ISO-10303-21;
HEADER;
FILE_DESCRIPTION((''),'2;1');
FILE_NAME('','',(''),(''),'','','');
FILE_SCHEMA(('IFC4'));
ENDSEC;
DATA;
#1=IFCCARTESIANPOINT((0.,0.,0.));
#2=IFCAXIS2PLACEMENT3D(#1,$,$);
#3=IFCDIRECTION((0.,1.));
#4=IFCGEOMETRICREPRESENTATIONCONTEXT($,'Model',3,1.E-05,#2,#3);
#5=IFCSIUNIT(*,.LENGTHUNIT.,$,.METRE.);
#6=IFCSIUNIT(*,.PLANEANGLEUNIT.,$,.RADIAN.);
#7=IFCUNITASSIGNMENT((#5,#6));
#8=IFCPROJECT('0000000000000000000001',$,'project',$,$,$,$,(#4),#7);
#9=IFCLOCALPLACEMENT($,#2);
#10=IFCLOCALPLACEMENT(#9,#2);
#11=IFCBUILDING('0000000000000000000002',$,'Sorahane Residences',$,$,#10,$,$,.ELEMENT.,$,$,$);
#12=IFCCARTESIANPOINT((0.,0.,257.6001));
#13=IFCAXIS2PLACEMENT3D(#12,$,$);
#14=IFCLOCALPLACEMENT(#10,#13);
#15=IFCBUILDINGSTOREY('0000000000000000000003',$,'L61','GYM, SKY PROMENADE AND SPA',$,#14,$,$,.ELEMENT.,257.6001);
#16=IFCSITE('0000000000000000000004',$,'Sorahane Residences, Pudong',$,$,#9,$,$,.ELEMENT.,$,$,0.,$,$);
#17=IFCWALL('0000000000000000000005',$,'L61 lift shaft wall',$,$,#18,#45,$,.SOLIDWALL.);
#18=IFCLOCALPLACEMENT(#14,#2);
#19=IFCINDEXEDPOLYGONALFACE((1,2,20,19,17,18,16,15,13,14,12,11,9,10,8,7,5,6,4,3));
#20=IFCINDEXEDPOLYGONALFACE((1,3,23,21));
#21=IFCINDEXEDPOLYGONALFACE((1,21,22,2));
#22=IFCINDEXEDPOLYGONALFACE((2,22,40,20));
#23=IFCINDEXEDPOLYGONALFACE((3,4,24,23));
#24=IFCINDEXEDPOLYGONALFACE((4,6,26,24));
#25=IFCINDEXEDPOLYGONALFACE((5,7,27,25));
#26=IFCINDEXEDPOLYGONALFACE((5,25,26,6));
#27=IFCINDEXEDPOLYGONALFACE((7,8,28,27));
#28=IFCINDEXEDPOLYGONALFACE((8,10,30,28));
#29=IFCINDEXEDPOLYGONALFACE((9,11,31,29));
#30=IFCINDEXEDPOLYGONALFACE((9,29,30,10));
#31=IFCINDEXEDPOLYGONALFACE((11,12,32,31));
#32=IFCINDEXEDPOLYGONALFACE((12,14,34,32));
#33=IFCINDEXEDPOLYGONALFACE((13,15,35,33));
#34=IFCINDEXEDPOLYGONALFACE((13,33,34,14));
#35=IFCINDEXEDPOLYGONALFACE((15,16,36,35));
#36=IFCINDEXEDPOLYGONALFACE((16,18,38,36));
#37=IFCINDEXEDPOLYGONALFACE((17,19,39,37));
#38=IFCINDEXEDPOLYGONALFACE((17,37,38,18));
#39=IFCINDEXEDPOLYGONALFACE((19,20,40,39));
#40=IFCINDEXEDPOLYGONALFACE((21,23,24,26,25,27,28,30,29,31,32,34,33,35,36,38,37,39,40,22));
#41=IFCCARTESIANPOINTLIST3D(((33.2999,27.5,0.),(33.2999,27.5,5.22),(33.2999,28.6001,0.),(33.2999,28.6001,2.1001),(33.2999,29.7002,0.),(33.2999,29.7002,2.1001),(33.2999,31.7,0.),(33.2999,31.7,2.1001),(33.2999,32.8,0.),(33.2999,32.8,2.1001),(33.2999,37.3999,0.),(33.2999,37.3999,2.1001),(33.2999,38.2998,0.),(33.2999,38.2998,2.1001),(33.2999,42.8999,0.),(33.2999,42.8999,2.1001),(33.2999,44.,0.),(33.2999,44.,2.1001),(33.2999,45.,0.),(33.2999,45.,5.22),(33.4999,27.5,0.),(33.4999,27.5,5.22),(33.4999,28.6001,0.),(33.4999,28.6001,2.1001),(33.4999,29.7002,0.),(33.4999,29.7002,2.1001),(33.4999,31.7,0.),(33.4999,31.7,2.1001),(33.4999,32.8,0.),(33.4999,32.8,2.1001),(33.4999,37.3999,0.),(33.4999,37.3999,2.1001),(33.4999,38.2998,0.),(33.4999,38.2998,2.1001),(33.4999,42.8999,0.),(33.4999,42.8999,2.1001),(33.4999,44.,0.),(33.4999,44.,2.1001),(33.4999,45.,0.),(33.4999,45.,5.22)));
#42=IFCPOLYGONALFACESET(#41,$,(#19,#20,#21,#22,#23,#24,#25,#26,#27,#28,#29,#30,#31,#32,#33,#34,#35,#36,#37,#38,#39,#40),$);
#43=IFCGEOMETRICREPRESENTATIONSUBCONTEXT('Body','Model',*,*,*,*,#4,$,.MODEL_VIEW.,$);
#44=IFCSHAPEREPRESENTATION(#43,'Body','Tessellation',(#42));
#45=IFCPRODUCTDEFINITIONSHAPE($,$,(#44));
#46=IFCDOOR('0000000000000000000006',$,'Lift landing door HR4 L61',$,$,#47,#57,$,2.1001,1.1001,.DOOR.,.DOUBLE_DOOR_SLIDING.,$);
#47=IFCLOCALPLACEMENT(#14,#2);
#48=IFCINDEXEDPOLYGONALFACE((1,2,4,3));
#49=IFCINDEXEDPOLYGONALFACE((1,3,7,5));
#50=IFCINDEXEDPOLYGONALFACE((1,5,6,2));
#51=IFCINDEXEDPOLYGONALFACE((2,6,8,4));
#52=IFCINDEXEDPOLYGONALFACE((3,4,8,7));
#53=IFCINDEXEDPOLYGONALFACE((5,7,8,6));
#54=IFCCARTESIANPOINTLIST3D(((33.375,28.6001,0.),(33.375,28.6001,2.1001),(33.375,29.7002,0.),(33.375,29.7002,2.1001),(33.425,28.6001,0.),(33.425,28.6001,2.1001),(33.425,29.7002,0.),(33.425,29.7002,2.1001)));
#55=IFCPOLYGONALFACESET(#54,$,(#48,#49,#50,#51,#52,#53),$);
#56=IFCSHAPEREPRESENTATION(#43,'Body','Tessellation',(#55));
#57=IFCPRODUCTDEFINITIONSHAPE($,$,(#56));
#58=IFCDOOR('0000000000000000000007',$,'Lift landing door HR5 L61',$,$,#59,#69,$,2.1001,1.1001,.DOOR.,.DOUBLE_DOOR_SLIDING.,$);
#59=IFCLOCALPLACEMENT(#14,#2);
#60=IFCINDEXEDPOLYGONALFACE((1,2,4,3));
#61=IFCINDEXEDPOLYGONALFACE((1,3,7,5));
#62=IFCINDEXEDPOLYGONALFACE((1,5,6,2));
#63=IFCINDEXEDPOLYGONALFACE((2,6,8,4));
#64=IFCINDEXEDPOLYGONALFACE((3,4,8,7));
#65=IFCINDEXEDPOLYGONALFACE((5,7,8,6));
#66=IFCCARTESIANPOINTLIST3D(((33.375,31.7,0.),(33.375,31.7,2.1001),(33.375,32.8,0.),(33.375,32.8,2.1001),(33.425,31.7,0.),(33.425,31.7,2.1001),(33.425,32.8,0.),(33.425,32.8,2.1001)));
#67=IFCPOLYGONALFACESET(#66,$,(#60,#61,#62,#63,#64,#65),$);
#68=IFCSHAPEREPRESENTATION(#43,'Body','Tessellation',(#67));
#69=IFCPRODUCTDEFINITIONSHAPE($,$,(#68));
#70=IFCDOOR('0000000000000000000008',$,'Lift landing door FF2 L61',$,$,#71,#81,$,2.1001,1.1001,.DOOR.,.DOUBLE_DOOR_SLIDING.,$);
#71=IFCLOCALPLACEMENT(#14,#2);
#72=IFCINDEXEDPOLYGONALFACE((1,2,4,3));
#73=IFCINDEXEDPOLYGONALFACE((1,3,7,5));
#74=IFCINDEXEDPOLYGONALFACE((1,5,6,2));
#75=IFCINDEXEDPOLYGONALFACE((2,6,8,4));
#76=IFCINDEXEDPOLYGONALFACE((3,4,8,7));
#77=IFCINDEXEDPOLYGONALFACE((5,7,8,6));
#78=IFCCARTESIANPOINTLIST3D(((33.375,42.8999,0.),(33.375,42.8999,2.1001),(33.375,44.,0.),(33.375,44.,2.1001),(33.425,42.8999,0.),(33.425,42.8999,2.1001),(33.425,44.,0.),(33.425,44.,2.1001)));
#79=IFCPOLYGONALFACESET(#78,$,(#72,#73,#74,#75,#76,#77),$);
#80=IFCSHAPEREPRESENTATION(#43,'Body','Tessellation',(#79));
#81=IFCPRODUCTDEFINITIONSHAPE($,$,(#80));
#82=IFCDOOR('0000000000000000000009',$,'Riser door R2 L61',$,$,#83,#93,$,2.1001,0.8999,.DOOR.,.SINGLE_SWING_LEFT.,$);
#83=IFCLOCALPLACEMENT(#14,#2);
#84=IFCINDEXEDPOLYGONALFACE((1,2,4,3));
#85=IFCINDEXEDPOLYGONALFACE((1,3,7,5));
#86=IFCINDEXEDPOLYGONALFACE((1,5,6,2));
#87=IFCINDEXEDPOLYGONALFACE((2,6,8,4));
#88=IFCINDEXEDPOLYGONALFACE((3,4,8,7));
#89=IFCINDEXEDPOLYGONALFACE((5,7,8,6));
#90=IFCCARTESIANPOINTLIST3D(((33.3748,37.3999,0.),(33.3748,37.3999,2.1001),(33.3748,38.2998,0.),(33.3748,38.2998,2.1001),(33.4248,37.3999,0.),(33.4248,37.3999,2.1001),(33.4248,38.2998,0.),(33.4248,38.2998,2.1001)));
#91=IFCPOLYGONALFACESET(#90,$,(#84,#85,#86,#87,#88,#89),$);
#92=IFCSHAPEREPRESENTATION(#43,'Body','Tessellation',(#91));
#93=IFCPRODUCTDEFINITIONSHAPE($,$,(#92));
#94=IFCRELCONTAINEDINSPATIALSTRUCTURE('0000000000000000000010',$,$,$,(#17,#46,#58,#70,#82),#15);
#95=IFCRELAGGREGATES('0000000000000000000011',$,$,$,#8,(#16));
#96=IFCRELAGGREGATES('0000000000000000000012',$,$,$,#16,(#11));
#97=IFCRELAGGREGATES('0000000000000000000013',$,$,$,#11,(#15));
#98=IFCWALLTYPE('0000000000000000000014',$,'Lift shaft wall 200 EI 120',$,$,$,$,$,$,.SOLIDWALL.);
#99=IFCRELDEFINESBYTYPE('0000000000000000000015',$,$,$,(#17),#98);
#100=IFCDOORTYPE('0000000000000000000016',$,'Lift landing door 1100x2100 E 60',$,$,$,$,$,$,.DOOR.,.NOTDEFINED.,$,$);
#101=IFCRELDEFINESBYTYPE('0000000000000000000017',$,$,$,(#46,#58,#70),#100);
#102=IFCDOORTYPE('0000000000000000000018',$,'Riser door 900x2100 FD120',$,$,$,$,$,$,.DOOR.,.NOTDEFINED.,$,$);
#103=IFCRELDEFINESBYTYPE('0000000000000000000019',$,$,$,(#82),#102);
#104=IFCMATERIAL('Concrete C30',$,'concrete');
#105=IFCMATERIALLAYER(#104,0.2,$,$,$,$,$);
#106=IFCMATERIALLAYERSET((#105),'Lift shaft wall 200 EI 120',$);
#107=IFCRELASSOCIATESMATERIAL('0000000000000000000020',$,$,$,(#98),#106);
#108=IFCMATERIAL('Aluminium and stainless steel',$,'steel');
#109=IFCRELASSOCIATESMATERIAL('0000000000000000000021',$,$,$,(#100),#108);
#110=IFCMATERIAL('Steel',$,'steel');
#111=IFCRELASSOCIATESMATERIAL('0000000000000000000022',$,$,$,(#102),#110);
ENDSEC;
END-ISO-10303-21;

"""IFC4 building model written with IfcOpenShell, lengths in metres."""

from ifc_helpers import new_model, si_unit, direction, frame, frame_2d, origin, place, context, subcontext, project, spatial, rectangle, extrude, material, layer, layer_set, type_object, element, fill, save


model = new_model("IFC4")

# Units and contexts
model_context = context("Model", 3, precision=1e-05, world=origin(), true_north=direction((0.0, 1.0)))
body_context = subcontext(model_context, "Body", "Model", "MODEL_VIEW")
ifc_project = project(units=[si_unit("LENGTHUNIT", "METRE"), si_unit("PLANEANGLEUNIT", "RADIAN")], contexts=[model_context])

# Site, building, storey
site_placement = place(None, origin())
site = spatial("IfcSite", under=ifc_project, at=site_placement, Name="Sorahane Residences, Pudong", CompositionType="ELEMENT", RefElevation=0.0)
building_placement = place(site_placement, origin())
building = spatial("IfcBuilding", under=site, at=building_placement, Name="Sorahane Residences", CompositionType="ELEMENT")
storey_placement = place(building_placement, frame((0.0, 0.0, 257.6001)))
storey = spatial("IfcBuildingStorey", under=building, at=storey_placement, Name="L61", Description="GYM, SKY PROMENADE AND SPA", CompositionType="ELEMENT", Elevation=257.6001)

# Wall, openings, doors
ifc_material_1 = material(Name="Concrete C30", Category="concrete")
ifc_layer_1 = layer(ifc_material_1, 0.2)
ifc_layer_set_1 = layer_set([ifc_layer_1], Name="Lift shaft wall 200 EI 120")
wall_type_1 = type_object("IfcWallType", Name="Lift shaft wall 200 EI 120", PredefinedType="SOLIDWALL", material=ifc_layer_set_1)
wall_1_placement = place(storey_placement, frame((33.3999, 27.5, 0.0), z_axis=(0.0, 0.0, 1.0), x_axis=(0.0, 1.0, 0.0)))
wall_1 = element("IfcWall", 1, at=wall_1_placement, inside=storey, type_object=wall_type_1, Name="L61 lift shaft wall", PredefinedType="SOLIDWALL", context=body_context, shape_type="SweptSolid", body=[
    extrude(rectangle(XDim=17.5, YDim=0.2, at=frame_2d((8.75, 0.0))), origin(), (0.0, 0.0, 1.0), 5.22),
])
opening_1_placement = place(wall_1_placement, frame((1.1001, 0.0, 0.0)))
opening_1 = element("IfcOpeningElement", 2, at=opening_1_placement, cuts=wall_1, PredefinedType="OPENING", context=body_context, shape_type="SweptSolid", body=[
    extrude(rectangle(XDim=1.1001, YDim=2.1001, at=frame_2d((0.55, 1.05))), frame((0.0, 0.1099, 0.0), z_axis=(0.0, -1.0, 0.0), x_axis=(1.0, 0.0, 0.0)), (0.0, 0.0, 1.0), 0.22),
])
opening_2_placement = place(wall_1_placement, frame((4.2, 0.0, 0.0)))
opening_2 = element("IfcOpeningElement", 3, at=opening_2_placement, cuts=wall_1, PredefinedType="OPENING", context=body_context, shape_type="SweptSolid", body=[
    extrude(rectangle(XDim=1.1001, YDim=2.1001, at=frame_2d((0.55, 1.05))), frame((0.0, 0.1099, 0.0), z_axis=(0.0, -1.0, 0.0), x_axis=(1.0, 0.0, 0.0)), (0.0, 0.0, 1.0), 0.22),
])
opening_3_placement = place(wall_1_placement, frame((15.3999, 0.0, 0.0)))
opening_3 = element("IfcOpeningElement", 4, at=opening_3_placement, cuts=wall_1, PredefinedType="OPENING", context=body_context, shape_type="SweptSolid", body=[
    extrude(rectangle(XDim=1.1001, YDim=2.1001, at=frame_2d((0.55, 1.05))), frame((0.0, 0.1099, 0.0), z_axis=(0.0, -1.0, 0.0), x_axis=(1.0, 0.0, 0.0)), (0.0, 0.0, 1.0), 0.22),
])
opening_4_placement = place(wall_1_placement, frame((9.8999, 0.0, 0.0)))
opening_4 = element("IfcOpeningElement", 5, at=opening_4_placement, cuts=wall_1, PredefinedType="OPENING", context=body_context, shape_type="SweptSolid", body=[
    extrude(rectangle(XDim=0.8999, YDim=2.1001, at=frame_2d((0.45, 1.05))), frame((0.0, 0.1099, 0.0), z_axis=(0.0, -1.0, 0.0), x_axis=(1.0, 0.0, 0.0)), (0.0, 0.0, 1.0), 0.22),
])
ifc_material_2 = material(Name="Aluminium and stainless steel", Category="steel")
door_type_1 = type_object("IfcDoorType", Name="Lift landing door 1100x2100 E 60", OperationType="NOTDEFINED", PredefinedType="DOOR", material=ifc_material_2)
door_1_placement = place(opening_1_placement, origin())
door_1 = element("IfcDoor", 6, at=door_1_placement, inside=storey, type_object=door_type_1, Name="Lift landing door HR4 L61", OperationType="DOUBLE_DOOR_SLIDING", OverallHeight=2.1001, OverallWidth=1.1001, PredefinedType="DOOR", context=body_context, shape_type="SweptSolid", body=[
    extrude(rectangle(XDim=1.1001, YDim=2.1001, at=frame_2d((0.55, 1.05))), frame((0.0, 0.0249, 0.0), z_axis=(0.0, -1.0, 0.0), x_axis=(1.0, 0.0, 0.0)), (0.0, 0.0, 1.0), 0.05),
])
fill(opening_1, door_1)
door_2_placement = place(opening_2_placement, origin())
door_2 = element("IfcDoor", 7, at=door_2_placement, inside=storey, type_object=door_type_1, Name="Lift landing door HR5 L61", OperationType="DOUBLE_DOOR_SLIDING", OverallHeight=2.1001, OverallWidth=1.1001, PredefinedType="DOOR", context=body_context, shape_type="SweptSolid", body=[
    extrude(rectangle(XDim=1.1001, YDim=2.1001, at=frame_2d((0.55, 1.05))), frame((0.0, 0.0249, 0.0), z_axis=(0.0, -1.0, 0.0), x_axis=(1.0, 0.0, 0.0)), (0.0, 0.0, 1.0), 0.05),
])
fill(opening_2, door_2)
door_3_placement = place(opening_3_placement, origin())
door_3 = element("IfcDoor", 8, at=door_3_placement, inside=storey, type_object=door_type_1, Name="Lift landing door FF2 L61", OperationType="DOUBLE_DOOR_SLIDING", OverallHeight=2.1001, OverallWidth=1.1001, PredefinedType="DOOR", context=body_context, shape_type="SweptSolid", body=[
    extrude(rectangle(XDim=1.1001, YDim=2.1001, at=frame_2d((0.55, 1.05))), frame((0.0, 0.0249, 0.0), z_axis=(0.0, -1.0, 0.0), x_axis=(1.0, 0.0, 0.0)), (0.0, 0.0, 1.0), 0.05),
])
fill(opening_3, door_3)
ifc_material_3 = material(Name="Steel", Category="steel")
door_type_2 = type_object("IfcDoorType", Name="Riser door 900x2100 FD120", OperationType="NOTDEFINED", PredefinedType="DOOR", material=ifc_material_3)
door_4_placement = place(opening_4_placement, frame((0.8999, 0.0, 0.0), z_axis=(0.0, 0.0, 1.0), x_axis=(-1.0, 0.0, 0.0)))
door_4 = element("IfcDoor", 9, at=door_4_placement, inside=storey, type_object=door_type_2, Name="Riser door R2 L61", OperationType="SINGLE_SWING_LEFT", OverallHeight=2.1001, OverallWidth=0.8999, PredefinedType="DOOR", context=body_context, shape_type="SweptSolid", body=[
    extrude(rectangle(XDim=0.8999, YDim=2.1001, at=frame_2d((0.45, 1.05))), frame((0.0, 0.0249, 0.0), z_axis=(0.0, -1.0, 0.0), x_axis=(1.0, 0.0, 0.0)), (0.0, 0.0, 1.0), 0.05),
])
fill(opening_4, door_4)

save(model, "model.ifc")
